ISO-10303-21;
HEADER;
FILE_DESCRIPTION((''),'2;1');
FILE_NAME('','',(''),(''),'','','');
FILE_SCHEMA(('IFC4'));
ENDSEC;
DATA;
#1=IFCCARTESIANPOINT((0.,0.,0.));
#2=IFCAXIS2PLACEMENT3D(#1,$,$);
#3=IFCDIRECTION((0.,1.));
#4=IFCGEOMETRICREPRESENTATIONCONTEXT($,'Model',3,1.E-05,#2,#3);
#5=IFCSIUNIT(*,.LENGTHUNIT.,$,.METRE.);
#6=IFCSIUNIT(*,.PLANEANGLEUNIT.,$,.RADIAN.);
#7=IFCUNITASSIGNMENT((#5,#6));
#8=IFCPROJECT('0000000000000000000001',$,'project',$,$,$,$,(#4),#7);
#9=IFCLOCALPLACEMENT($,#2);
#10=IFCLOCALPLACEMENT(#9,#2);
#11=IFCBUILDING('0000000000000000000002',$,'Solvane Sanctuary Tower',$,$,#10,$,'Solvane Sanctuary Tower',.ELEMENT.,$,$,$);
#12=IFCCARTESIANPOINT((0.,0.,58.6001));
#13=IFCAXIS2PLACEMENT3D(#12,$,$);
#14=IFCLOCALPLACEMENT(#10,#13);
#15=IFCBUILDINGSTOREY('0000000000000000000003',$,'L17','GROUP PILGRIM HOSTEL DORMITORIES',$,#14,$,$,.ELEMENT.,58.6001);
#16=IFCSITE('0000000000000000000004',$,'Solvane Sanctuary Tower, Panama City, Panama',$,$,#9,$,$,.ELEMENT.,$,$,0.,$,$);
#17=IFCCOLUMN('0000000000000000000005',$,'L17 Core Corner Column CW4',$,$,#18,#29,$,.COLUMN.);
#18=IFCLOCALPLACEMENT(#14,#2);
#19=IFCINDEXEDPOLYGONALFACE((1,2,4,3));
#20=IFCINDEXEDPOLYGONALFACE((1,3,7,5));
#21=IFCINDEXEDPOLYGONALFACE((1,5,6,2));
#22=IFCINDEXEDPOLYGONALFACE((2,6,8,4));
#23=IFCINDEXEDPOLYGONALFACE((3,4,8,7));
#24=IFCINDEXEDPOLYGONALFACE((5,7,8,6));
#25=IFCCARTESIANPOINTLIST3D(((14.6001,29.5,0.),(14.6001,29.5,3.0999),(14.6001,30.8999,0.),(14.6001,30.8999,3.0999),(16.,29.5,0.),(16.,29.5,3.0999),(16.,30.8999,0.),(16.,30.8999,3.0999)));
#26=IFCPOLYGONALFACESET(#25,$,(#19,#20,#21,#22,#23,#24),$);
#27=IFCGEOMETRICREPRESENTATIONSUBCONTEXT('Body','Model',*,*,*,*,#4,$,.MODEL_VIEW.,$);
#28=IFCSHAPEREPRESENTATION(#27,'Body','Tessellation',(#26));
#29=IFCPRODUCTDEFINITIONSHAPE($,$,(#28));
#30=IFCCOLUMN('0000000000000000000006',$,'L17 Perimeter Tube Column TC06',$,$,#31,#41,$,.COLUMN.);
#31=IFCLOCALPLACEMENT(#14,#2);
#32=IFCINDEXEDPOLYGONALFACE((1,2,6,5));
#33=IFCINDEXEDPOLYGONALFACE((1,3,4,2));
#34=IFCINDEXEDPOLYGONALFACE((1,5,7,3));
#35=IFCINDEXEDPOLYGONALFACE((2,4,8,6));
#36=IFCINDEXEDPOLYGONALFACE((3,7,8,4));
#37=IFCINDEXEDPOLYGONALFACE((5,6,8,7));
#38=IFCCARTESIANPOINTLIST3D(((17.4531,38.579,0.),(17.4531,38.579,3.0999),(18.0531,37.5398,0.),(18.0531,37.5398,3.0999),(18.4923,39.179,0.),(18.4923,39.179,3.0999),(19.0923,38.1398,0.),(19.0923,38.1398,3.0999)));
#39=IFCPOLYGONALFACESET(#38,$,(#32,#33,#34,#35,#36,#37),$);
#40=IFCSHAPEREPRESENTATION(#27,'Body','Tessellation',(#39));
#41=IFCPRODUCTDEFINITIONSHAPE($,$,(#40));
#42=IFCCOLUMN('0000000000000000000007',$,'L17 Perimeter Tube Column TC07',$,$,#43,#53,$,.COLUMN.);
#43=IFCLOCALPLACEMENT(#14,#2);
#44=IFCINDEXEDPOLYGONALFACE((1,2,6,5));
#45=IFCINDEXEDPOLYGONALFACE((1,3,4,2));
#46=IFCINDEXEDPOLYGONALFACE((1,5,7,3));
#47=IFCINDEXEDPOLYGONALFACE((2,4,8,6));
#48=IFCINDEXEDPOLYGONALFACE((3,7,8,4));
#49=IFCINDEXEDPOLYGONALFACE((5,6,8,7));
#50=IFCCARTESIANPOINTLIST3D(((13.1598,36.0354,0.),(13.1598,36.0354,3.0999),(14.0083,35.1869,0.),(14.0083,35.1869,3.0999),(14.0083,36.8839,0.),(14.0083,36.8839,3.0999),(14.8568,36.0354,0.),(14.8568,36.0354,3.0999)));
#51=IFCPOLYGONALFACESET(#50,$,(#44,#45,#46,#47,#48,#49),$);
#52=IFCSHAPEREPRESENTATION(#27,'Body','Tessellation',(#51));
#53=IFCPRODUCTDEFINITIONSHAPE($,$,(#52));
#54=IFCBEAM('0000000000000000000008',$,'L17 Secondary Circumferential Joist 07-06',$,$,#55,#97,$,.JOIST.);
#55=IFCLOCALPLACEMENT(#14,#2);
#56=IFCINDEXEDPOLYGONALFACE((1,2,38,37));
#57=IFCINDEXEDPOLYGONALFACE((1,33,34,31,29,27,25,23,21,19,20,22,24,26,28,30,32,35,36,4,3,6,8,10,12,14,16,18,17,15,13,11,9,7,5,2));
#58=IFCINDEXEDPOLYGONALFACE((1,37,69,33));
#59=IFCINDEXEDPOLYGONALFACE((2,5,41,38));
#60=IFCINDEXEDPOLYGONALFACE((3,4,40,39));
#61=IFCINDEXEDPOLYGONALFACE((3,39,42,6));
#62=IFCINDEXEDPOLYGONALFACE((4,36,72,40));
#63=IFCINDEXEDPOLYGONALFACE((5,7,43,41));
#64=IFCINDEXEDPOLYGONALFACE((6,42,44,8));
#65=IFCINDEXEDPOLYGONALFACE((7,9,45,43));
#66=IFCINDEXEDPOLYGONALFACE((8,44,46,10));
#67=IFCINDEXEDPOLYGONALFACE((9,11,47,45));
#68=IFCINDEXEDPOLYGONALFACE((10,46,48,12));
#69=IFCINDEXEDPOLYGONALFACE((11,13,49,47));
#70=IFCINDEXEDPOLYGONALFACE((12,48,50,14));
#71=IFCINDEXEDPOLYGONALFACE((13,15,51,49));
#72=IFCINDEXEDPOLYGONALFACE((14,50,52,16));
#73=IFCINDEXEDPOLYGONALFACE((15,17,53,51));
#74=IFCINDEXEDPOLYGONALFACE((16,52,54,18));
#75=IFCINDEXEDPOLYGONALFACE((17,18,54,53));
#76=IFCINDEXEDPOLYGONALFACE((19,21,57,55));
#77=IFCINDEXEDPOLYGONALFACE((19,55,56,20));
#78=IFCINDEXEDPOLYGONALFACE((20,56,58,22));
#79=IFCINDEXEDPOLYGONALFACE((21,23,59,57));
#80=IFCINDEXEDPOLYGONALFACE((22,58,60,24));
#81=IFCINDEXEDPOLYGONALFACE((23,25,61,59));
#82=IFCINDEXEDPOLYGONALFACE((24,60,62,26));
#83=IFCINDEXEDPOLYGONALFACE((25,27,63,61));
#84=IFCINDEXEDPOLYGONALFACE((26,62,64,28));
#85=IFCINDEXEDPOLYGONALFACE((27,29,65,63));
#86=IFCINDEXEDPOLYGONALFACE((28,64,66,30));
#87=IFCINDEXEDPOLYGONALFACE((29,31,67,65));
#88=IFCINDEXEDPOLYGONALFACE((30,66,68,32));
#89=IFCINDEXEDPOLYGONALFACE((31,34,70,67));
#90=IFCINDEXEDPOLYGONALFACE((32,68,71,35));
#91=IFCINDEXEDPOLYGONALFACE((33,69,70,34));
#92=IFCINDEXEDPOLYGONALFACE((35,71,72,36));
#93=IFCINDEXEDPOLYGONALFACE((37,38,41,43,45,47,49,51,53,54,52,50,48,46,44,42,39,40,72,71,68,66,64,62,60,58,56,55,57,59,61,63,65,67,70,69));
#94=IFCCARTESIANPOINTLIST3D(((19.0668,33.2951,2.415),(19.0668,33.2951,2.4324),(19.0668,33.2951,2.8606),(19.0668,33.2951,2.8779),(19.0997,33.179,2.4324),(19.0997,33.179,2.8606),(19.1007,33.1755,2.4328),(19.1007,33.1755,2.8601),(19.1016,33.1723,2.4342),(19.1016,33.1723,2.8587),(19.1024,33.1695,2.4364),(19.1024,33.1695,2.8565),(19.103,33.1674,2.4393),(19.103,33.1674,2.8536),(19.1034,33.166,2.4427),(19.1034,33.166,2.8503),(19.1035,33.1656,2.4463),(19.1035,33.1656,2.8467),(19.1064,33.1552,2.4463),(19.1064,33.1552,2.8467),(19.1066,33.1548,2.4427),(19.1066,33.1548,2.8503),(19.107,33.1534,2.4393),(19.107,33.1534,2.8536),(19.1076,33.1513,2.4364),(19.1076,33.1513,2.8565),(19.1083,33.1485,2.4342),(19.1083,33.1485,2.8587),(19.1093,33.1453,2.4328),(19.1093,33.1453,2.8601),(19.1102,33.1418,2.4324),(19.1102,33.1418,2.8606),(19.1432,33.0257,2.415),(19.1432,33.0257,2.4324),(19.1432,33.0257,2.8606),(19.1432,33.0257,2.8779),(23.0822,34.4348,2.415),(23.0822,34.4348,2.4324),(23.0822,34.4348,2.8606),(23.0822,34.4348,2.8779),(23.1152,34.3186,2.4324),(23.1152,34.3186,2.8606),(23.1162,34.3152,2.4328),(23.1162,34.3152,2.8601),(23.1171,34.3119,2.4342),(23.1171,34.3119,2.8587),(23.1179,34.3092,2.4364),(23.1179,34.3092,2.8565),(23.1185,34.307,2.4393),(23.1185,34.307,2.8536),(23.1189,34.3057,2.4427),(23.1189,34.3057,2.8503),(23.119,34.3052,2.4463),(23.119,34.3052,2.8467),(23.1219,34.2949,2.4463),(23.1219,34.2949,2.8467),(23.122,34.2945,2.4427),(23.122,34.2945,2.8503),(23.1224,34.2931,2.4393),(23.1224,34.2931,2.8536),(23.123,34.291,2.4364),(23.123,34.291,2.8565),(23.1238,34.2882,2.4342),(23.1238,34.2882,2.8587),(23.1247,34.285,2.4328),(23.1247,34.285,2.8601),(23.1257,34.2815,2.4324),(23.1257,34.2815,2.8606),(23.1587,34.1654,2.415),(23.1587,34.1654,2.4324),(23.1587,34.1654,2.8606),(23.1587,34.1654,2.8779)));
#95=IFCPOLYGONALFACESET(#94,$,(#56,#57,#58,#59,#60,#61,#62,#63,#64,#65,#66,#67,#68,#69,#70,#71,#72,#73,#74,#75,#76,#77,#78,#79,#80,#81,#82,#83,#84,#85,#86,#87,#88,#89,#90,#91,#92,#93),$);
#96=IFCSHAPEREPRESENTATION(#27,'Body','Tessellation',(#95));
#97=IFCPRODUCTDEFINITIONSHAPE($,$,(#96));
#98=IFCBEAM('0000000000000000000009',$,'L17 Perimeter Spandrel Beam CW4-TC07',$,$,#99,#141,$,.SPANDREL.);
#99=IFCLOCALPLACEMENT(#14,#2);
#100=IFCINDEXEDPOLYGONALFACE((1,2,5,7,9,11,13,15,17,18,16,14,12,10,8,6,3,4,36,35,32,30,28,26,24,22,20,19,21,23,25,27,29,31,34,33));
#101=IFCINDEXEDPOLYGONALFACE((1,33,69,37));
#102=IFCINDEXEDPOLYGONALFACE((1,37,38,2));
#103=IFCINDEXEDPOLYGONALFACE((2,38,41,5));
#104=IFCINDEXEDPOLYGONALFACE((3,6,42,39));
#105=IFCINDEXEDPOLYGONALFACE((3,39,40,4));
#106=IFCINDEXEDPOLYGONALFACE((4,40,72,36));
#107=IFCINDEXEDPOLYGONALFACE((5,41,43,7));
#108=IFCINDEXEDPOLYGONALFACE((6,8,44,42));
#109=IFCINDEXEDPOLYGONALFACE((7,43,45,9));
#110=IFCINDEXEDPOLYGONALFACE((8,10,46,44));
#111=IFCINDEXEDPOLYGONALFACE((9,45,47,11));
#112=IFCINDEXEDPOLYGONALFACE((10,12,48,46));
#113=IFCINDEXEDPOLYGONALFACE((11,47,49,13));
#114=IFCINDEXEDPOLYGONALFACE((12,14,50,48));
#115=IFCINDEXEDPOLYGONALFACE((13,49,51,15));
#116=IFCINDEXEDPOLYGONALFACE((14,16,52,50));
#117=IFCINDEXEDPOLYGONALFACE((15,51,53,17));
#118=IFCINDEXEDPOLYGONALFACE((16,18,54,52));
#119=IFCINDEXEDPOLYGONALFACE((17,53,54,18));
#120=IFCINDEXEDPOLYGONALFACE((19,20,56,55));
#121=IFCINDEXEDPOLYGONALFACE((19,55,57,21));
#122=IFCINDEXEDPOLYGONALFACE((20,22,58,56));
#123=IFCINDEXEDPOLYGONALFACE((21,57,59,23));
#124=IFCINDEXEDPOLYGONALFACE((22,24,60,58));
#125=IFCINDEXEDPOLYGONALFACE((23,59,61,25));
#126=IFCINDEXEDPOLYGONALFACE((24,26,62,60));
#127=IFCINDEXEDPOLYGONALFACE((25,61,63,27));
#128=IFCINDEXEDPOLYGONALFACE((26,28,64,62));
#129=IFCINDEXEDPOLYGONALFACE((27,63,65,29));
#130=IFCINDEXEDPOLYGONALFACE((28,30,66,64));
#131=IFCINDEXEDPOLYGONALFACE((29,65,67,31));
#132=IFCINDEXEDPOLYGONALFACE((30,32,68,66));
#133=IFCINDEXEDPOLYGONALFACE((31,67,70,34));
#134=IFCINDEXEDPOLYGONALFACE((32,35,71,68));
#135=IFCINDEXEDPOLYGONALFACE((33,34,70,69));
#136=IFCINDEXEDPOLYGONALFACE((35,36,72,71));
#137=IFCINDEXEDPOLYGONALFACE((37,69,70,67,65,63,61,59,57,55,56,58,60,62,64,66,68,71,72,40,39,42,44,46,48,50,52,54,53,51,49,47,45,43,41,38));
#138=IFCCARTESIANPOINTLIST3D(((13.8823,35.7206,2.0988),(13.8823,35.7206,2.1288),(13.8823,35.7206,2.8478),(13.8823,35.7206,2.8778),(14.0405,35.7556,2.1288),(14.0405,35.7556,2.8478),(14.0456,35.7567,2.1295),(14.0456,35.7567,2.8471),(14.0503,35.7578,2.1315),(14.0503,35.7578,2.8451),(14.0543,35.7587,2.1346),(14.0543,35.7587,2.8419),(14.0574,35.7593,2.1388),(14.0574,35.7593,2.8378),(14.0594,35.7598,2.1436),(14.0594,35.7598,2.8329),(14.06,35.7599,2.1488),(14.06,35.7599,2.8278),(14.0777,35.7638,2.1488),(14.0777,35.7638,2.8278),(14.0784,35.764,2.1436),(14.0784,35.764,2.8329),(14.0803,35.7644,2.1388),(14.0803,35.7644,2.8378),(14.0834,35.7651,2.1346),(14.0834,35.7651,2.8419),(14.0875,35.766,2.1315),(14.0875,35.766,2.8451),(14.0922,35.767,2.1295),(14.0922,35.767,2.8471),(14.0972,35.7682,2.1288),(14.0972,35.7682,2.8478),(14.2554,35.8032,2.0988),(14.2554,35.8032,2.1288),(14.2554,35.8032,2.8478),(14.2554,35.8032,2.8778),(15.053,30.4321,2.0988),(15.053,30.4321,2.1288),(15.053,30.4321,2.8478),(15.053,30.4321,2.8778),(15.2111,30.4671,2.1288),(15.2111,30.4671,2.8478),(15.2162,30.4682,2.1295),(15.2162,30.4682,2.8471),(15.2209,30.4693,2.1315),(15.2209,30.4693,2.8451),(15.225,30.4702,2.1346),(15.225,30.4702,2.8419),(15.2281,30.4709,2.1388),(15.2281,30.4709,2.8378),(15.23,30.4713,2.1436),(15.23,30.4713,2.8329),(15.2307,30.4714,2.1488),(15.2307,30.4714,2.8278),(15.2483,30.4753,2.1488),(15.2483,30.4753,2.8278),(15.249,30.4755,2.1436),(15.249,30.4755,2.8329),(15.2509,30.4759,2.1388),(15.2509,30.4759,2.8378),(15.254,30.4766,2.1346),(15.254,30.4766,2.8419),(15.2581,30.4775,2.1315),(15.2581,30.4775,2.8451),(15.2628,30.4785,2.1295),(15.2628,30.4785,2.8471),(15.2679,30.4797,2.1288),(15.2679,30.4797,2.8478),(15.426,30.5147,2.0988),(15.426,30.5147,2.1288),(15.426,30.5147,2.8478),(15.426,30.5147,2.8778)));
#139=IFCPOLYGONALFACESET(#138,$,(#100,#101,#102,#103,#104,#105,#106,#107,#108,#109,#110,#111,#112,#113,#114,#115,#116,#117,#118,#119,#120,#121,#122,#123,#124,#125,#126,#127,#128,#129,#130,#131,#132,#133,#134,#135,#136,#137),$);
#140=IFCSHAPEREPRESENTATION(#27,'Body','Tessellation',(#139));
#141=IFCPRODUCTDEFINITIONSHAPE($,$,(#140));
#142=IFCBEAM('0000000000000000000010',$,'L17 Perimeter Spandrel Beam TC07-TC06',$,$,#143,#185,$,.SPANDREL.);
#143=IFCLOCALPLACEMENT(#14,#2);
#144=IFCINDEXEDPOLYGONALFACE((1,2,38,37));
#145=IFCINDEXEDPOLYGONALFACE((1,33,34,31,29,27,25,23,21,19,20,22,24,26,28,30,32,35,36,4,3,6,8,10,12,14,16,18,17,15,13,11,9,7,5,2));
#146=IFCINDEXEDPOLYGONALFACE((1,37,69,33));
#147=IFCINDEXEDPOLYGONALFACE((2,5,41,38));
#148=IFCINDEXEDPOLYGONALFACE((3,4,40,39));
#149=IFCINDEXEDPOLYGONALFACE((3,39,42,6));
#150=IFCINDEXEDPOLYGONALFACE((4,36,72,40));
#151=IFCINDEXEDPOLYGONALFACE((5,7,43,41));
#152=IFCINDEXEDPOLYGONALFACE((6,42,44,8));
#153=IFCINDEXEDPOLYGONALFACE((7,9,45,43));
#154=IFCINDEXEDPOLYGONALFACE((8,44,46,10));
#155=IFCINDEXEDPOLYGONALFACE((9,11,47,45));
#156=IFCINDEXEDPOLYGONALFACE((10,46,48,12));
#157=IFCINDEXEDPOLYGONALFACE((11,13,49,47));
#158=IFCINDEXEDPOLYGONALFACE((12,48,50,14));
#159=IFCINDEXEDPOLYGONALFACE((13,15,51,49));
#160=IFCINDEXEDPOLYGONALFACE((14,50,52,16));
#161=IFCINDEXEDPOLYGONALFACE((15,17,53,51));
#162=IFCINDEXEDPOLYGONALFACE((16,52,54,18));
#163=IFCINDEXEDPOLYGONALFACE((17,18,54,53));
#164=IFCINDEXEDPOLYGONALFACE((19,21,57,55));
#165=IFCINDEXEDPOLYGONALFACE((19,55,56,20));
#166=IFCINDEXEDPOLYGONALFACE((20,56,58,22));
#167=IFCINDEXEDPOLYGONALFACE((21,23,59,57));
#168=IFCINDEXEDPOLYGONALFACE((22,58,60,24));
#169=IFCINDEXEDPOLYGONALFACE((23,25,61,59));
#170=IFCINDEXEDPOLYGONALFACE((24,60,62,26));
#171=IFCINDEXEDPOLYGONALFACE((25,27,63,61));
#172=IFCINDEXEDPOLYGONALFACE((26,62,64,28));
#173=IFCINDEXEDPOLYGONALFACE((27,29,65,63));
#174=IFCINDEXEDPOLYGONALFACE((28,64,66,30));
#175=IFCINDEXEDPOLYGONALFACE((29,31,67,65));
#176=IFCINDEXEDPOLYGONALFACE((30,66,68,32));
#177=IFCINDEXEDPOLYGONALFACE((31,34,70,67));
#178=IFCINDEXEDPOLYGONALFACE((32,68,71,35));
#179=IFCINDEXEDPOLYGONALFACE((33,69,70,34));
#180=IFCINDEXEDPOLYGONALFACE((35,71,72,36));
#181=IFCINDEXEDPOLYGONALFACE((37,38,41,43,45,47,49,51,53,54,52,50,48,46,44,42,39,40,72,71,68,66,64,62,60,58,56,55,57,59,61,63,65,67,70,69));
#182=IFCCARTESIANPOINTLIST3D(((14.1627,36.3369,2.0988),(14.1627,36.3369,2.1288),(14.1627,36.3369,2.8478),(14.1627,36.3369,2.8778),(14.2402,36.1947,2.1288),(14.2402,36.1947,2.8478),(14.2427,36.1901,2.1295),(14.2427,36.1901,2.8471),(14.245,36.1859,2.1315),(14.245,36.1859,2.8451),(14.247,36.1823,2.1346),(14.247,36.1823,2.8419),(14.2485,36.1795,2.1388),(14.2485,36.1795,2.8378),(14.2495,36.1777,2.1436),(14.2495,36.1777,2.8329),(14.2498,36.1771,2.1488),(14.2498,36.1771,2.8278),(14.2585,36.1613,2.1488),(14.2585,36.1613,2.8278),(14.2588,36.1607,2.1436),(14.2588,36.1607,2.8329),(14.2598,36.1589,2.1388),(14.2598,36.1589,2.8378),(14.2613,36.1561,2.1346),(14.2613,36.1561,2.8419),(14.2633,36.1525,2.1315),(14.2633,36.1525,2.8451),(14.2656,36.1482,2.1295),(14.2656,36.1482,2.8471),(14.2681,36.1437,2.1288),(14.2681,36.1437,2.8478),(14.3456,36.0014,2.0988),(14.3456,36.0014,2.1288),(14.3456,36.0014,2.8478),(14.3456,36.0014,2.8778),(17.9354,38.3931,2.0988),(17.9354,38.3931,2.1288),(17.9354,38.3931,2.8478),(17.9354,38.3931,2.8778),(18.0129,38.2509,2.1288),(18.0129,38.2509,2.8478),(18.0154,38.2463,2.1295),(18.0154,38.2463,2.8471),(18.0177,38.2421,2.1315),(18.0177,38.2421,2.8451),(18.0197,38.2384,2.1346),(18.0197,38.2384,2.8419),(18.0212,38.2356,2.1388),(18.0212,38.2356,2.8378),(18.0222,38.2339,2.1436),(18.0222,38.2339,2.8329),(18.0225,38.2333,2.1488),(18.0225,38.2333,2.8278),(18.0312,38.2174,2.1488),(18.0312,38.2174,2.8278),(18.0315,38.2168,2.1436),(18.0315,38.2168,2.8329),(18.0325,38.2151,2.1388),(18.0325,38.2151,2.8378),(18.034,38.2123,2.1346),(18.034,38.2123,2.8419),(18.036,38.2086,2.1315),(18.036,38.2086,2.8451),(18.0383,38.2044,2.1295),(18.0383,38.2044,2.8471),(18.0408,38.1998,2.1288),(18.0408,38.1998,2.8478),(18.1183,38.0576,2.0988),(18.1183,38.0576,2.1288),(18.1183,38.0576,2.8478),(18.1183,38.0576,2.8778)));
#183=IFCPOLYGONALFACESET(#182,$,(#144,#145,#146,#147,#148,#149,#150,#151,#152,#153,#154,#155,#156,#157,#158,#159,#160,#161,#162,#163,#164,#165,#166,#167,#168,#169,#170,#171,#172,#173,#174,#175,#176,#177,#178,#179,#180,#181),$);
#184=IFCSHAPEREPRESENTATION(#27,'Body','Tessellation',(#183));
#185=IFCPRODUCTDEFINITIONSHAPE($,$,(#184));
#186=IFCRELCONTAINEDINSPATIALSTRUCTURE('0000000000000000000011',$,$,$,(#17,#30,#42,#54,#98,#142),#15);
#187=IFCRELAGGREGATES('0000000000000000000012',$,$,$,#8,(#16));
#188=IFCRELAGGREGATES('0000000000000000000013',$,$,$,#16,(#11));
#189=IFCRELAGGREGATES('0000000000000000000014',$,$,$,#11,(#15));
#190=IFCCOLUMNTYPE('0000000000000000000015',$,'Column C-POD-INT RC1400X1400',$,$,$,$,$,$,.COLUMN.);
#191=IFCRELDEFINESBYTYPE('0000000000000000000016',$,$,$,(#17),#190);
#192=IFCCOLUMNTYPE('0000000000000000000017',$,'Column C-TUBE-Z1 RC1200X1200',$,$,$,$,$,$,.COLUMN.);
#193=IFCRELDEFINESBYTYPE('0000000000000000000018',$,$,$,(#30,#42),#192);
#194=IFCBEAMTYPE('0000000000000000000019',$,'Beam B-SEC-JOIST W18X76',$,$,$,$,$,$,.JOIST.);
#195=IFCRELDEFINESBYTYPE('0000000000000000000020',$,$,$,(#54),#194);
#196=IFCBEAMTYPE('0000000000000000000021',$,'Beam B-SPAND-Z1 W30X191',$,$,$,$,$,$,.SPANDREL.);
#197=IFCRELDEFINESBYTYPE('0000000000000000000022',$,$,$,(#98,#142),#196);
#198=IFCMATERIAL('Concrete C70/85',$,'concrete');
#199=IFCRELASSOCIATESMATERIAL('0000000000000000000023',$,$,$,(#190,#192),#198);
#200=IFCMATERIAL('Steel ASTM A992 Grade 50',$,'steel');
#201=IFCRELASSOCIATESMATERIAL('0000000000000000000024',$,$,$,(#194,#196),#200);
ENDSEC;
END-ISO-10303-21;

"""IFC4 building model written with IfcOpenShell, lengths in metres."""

from ifc_helpers import new_model, si_unit, direction, frame, origin, origin_2d, place, context, subcontext, project, spatial, rectangle, i_section, extrude, material, material_profile, profile_set, type_object, element, save


model = new_model("IFC4")

# Units and contexts
model_context = context("Model", 3, precision=1e-05, world=origin(), true_north=direction((0.0, 1.0)))
body_context = subcontext(model_context, "Body", "Model", "MODEL_VIEW")
ifc_project = project(units=[si_unit("LENGTHUNIT", "METRE"), si_unit("PLANEANGLEUNIT", "RADIAN")], contexts=[model_context])

# Site, building, storey
site_placement = place(None, origin())
site = spatial("IfcSite", under=ifc_project, at=site_placement, Name="Solvane Sanctuary Tower, Panama City, Panama", CompositionType="ELEMENT", RefElevation=0.0)
building_placement = place(site_placement, origin())
building = spatial("IfcBuilding", under=site, at=building_placement, Name="Solvane Sanctuary Tower", LongName="Solvane Sanctuary Tower", CompositionType="ELEMENT")
storey_placement = place(building_placement, frame((0.0, 0.0, 58.6001)))
storey = spatial("IfcBuildingStorey", under=building, at=storey_placement, Name="L17", Description="GROUP PILGRIM HOSTEL DORMITORIES", CompositionType="ELEMENT", Elevation=58.6001)

# Columns
ifc_material_1 = material(Name="Concrete C70/85", Category="concrete")
ifc_material_profile_1 = material_profile(ifc_material_1, rectangle(XDim=1.3999, YDim=1.3999, at=origin_2d()), Name="RC1400X1400")
ifc_profile_set_1 = profile_set([ifc_material_profile_1], Name="Concrete C70/85")
column_type_1 = type_object("IfcColumnType", Name="Column C-POD-INT RC1400X1400", PredefinedType="COLUMN", material=ifc_profile_set_1)
column_placement = place(storey_placement, frame((15.3, 30.2, 0.0), z_axis=(0.0, 0.0, 1.0), x_axis=(1.0, 0.0, 0.0)))
element("IfcColumn", 1, at=column_placement, inside=storey, type_object=column_type_1, Name="L17 Core Corner Column CW4", PredefinedType="COLUMN", context=body_context, shape_type="SweptSolid", body=[
    extrude(rectangle(XDim=1.3999, YDim=1.3999, at=origin_2d()), origin(), (0.0, 0.0, 1.0), 3.0999),
])
ifc_material_profile_2 = material_profile(ifc_material_1, rectangle(XDim=1.2, YDim=1.2, at=origin_2d()), Name="RC1200X1200")
ifc_profile_set_2 = profile_set([ifc_material_profile_2], Name="Concrete C70/85")
column_type_2 = type_object("IfcColumnType", Name="Column C-TUBE-Z1 RC1200X1200", PredefinedType="COLUMN", material=ifc_profile_set_2)
for number, where, z_axis, x_axis, name in (
    (2, (18.2727, 38.3594, 0.0), (0.0, 0.0, 1.0), (-0.5, 0.866025, 0.0), "L17 Perimeter Tube Column TC06"),
    (3, (14.0083, 36.0354, 0.0), (0.0, 0.0, 1.0), (-0.707107, 0.707107, 0.0), "L17 Perimeter Tube Column TC07"),
):
    element("IfcColumn", number, at=place(storey_placement, frame(where, z_axis=z_axis, x_axis=x_axis)), inside=storey, type_object=column_type_2, Name=name, PredefinedType="COLUMN", context=body_context, shape_type="SweptSolid", body=[
        extrude(rectangle(XDim=1.2, YDim=1.2, at=origin_2d()), origin(), (0.0, 0.0, 1.0), 3.0999),
    ])

# Beams
ifc_material_2 = material(Name="Steel ASTM A992 Grade 50", Category="steel")
ifc_material_profile_3 = material_profile(ifc_material_2, i_section(OverallWidth=0.28, OverallDepth=0.4629, WebThickness=0.0107, FlangeThickness=0.0173, FilletRadius=0.0139, at=origin_2d()), Name="W18X76")
ifc_profile_set_3 = profile_set([ifc_material_profile_3], Name="Steel ASTM A992 Grade 50")
beam_type_1 = type_object("IfcBeamType", Name="Beam B-SEC-JOIST W18X76", PredefinedType="JOIST", material=ifc_profile_set_3)
beam_1_placement = place(storey_placement, frame((19.105, 33.1604, 2.6465), z_axis=(0.962004, 0.273037, 0.0), x_axis=(-0.273037, 0.962004, 0.0)))
element("IfcBeam", 4, at=beam_1_placement, inside=storey, type_object=beam_type_1, Name="L17 Secondary Circumferential Joist 07-06", PredefinedType="JOIST", context=body_context, shape_type="SweptSolid", body=[
    extrude(i_section(OverallWidth=0.28, OverallDepth=0.4629, WebThickness=0.0107, FlangeThickness=0.0173, FilletRadius=0.0139, at=origin_2d()), origin(), (0.0, 0.0, 1.0), 4.1741),
])
ifc_material_profile_4 = material_profile(ifc_material_2, i_section(OverallWidth=0.3821, OverallDepth=0.7791, WebThickness=0.0181, FlangeThickness=0.03, FilletRadius=0.02, at=origin_2d()), Name="W30X191")
ifc_profile_set_4 = profile_set([ifc_material_profile_4], Name="Steel ASTM A992 Grade 50")
beam_type_2 = type_object("IfcBeamType", Name="Beam B-SPAND-Z1 W30X191", PredefinedType="SPANDREL", material=ifc_profile_set_4)
beam_2_placement = place(storey_placement, frame((15.2395, 30.4734, 2.4883), z_axis=(-0.216124, 0.976366, 0.0), x_axis=(-0.976366, -0.216124, 0.0)))
element("IfcBeam", 5, at=beam_2_placement, inside=storey, type_object=beam_type_2, Name="L17 Perimeter Spandrel Beam CW4-TC07", PredefinedType="SPANDREL", context=body_context, shape_type="SweptSolid", body=[
    extrude(i_section(OverallWidth=0.3821, OverallDepth=0.7791, WebThickness=0.0181, FlangeThickness=0.03, FilletRadius=0.02, at=origin_2d()), origin(), (0.0, 0.0, 1.0), 5.4165),
])
beam_3_placement = place(storey_placement, frame((14.2542, 36.1692, 2.4883), z_axis=(0.878061, 0.47855, 0.0), x_axis=(-0.47855, 0.878061, 0.0)))
element("IfcBeam", 6, at=beam_3_placement, inside=storey, type_object=beam_type_2, Name="L17 Perimeter Spandrel Beam TC07-TC06", PredefinedType="SPANDREL", context=body_context, shape_type="SweptSolid", body=[
    extrude(i_section(OverallWidth=0.3821, OverallDepth=0.7791, WebThickness=0.0181, FlangeThickness=0.03, FilletRadius=0.02, at=origin_2d()), origin(), (0.0, 0.0, 1.0), 4.2966),
])

save(model, "model.ifc")
